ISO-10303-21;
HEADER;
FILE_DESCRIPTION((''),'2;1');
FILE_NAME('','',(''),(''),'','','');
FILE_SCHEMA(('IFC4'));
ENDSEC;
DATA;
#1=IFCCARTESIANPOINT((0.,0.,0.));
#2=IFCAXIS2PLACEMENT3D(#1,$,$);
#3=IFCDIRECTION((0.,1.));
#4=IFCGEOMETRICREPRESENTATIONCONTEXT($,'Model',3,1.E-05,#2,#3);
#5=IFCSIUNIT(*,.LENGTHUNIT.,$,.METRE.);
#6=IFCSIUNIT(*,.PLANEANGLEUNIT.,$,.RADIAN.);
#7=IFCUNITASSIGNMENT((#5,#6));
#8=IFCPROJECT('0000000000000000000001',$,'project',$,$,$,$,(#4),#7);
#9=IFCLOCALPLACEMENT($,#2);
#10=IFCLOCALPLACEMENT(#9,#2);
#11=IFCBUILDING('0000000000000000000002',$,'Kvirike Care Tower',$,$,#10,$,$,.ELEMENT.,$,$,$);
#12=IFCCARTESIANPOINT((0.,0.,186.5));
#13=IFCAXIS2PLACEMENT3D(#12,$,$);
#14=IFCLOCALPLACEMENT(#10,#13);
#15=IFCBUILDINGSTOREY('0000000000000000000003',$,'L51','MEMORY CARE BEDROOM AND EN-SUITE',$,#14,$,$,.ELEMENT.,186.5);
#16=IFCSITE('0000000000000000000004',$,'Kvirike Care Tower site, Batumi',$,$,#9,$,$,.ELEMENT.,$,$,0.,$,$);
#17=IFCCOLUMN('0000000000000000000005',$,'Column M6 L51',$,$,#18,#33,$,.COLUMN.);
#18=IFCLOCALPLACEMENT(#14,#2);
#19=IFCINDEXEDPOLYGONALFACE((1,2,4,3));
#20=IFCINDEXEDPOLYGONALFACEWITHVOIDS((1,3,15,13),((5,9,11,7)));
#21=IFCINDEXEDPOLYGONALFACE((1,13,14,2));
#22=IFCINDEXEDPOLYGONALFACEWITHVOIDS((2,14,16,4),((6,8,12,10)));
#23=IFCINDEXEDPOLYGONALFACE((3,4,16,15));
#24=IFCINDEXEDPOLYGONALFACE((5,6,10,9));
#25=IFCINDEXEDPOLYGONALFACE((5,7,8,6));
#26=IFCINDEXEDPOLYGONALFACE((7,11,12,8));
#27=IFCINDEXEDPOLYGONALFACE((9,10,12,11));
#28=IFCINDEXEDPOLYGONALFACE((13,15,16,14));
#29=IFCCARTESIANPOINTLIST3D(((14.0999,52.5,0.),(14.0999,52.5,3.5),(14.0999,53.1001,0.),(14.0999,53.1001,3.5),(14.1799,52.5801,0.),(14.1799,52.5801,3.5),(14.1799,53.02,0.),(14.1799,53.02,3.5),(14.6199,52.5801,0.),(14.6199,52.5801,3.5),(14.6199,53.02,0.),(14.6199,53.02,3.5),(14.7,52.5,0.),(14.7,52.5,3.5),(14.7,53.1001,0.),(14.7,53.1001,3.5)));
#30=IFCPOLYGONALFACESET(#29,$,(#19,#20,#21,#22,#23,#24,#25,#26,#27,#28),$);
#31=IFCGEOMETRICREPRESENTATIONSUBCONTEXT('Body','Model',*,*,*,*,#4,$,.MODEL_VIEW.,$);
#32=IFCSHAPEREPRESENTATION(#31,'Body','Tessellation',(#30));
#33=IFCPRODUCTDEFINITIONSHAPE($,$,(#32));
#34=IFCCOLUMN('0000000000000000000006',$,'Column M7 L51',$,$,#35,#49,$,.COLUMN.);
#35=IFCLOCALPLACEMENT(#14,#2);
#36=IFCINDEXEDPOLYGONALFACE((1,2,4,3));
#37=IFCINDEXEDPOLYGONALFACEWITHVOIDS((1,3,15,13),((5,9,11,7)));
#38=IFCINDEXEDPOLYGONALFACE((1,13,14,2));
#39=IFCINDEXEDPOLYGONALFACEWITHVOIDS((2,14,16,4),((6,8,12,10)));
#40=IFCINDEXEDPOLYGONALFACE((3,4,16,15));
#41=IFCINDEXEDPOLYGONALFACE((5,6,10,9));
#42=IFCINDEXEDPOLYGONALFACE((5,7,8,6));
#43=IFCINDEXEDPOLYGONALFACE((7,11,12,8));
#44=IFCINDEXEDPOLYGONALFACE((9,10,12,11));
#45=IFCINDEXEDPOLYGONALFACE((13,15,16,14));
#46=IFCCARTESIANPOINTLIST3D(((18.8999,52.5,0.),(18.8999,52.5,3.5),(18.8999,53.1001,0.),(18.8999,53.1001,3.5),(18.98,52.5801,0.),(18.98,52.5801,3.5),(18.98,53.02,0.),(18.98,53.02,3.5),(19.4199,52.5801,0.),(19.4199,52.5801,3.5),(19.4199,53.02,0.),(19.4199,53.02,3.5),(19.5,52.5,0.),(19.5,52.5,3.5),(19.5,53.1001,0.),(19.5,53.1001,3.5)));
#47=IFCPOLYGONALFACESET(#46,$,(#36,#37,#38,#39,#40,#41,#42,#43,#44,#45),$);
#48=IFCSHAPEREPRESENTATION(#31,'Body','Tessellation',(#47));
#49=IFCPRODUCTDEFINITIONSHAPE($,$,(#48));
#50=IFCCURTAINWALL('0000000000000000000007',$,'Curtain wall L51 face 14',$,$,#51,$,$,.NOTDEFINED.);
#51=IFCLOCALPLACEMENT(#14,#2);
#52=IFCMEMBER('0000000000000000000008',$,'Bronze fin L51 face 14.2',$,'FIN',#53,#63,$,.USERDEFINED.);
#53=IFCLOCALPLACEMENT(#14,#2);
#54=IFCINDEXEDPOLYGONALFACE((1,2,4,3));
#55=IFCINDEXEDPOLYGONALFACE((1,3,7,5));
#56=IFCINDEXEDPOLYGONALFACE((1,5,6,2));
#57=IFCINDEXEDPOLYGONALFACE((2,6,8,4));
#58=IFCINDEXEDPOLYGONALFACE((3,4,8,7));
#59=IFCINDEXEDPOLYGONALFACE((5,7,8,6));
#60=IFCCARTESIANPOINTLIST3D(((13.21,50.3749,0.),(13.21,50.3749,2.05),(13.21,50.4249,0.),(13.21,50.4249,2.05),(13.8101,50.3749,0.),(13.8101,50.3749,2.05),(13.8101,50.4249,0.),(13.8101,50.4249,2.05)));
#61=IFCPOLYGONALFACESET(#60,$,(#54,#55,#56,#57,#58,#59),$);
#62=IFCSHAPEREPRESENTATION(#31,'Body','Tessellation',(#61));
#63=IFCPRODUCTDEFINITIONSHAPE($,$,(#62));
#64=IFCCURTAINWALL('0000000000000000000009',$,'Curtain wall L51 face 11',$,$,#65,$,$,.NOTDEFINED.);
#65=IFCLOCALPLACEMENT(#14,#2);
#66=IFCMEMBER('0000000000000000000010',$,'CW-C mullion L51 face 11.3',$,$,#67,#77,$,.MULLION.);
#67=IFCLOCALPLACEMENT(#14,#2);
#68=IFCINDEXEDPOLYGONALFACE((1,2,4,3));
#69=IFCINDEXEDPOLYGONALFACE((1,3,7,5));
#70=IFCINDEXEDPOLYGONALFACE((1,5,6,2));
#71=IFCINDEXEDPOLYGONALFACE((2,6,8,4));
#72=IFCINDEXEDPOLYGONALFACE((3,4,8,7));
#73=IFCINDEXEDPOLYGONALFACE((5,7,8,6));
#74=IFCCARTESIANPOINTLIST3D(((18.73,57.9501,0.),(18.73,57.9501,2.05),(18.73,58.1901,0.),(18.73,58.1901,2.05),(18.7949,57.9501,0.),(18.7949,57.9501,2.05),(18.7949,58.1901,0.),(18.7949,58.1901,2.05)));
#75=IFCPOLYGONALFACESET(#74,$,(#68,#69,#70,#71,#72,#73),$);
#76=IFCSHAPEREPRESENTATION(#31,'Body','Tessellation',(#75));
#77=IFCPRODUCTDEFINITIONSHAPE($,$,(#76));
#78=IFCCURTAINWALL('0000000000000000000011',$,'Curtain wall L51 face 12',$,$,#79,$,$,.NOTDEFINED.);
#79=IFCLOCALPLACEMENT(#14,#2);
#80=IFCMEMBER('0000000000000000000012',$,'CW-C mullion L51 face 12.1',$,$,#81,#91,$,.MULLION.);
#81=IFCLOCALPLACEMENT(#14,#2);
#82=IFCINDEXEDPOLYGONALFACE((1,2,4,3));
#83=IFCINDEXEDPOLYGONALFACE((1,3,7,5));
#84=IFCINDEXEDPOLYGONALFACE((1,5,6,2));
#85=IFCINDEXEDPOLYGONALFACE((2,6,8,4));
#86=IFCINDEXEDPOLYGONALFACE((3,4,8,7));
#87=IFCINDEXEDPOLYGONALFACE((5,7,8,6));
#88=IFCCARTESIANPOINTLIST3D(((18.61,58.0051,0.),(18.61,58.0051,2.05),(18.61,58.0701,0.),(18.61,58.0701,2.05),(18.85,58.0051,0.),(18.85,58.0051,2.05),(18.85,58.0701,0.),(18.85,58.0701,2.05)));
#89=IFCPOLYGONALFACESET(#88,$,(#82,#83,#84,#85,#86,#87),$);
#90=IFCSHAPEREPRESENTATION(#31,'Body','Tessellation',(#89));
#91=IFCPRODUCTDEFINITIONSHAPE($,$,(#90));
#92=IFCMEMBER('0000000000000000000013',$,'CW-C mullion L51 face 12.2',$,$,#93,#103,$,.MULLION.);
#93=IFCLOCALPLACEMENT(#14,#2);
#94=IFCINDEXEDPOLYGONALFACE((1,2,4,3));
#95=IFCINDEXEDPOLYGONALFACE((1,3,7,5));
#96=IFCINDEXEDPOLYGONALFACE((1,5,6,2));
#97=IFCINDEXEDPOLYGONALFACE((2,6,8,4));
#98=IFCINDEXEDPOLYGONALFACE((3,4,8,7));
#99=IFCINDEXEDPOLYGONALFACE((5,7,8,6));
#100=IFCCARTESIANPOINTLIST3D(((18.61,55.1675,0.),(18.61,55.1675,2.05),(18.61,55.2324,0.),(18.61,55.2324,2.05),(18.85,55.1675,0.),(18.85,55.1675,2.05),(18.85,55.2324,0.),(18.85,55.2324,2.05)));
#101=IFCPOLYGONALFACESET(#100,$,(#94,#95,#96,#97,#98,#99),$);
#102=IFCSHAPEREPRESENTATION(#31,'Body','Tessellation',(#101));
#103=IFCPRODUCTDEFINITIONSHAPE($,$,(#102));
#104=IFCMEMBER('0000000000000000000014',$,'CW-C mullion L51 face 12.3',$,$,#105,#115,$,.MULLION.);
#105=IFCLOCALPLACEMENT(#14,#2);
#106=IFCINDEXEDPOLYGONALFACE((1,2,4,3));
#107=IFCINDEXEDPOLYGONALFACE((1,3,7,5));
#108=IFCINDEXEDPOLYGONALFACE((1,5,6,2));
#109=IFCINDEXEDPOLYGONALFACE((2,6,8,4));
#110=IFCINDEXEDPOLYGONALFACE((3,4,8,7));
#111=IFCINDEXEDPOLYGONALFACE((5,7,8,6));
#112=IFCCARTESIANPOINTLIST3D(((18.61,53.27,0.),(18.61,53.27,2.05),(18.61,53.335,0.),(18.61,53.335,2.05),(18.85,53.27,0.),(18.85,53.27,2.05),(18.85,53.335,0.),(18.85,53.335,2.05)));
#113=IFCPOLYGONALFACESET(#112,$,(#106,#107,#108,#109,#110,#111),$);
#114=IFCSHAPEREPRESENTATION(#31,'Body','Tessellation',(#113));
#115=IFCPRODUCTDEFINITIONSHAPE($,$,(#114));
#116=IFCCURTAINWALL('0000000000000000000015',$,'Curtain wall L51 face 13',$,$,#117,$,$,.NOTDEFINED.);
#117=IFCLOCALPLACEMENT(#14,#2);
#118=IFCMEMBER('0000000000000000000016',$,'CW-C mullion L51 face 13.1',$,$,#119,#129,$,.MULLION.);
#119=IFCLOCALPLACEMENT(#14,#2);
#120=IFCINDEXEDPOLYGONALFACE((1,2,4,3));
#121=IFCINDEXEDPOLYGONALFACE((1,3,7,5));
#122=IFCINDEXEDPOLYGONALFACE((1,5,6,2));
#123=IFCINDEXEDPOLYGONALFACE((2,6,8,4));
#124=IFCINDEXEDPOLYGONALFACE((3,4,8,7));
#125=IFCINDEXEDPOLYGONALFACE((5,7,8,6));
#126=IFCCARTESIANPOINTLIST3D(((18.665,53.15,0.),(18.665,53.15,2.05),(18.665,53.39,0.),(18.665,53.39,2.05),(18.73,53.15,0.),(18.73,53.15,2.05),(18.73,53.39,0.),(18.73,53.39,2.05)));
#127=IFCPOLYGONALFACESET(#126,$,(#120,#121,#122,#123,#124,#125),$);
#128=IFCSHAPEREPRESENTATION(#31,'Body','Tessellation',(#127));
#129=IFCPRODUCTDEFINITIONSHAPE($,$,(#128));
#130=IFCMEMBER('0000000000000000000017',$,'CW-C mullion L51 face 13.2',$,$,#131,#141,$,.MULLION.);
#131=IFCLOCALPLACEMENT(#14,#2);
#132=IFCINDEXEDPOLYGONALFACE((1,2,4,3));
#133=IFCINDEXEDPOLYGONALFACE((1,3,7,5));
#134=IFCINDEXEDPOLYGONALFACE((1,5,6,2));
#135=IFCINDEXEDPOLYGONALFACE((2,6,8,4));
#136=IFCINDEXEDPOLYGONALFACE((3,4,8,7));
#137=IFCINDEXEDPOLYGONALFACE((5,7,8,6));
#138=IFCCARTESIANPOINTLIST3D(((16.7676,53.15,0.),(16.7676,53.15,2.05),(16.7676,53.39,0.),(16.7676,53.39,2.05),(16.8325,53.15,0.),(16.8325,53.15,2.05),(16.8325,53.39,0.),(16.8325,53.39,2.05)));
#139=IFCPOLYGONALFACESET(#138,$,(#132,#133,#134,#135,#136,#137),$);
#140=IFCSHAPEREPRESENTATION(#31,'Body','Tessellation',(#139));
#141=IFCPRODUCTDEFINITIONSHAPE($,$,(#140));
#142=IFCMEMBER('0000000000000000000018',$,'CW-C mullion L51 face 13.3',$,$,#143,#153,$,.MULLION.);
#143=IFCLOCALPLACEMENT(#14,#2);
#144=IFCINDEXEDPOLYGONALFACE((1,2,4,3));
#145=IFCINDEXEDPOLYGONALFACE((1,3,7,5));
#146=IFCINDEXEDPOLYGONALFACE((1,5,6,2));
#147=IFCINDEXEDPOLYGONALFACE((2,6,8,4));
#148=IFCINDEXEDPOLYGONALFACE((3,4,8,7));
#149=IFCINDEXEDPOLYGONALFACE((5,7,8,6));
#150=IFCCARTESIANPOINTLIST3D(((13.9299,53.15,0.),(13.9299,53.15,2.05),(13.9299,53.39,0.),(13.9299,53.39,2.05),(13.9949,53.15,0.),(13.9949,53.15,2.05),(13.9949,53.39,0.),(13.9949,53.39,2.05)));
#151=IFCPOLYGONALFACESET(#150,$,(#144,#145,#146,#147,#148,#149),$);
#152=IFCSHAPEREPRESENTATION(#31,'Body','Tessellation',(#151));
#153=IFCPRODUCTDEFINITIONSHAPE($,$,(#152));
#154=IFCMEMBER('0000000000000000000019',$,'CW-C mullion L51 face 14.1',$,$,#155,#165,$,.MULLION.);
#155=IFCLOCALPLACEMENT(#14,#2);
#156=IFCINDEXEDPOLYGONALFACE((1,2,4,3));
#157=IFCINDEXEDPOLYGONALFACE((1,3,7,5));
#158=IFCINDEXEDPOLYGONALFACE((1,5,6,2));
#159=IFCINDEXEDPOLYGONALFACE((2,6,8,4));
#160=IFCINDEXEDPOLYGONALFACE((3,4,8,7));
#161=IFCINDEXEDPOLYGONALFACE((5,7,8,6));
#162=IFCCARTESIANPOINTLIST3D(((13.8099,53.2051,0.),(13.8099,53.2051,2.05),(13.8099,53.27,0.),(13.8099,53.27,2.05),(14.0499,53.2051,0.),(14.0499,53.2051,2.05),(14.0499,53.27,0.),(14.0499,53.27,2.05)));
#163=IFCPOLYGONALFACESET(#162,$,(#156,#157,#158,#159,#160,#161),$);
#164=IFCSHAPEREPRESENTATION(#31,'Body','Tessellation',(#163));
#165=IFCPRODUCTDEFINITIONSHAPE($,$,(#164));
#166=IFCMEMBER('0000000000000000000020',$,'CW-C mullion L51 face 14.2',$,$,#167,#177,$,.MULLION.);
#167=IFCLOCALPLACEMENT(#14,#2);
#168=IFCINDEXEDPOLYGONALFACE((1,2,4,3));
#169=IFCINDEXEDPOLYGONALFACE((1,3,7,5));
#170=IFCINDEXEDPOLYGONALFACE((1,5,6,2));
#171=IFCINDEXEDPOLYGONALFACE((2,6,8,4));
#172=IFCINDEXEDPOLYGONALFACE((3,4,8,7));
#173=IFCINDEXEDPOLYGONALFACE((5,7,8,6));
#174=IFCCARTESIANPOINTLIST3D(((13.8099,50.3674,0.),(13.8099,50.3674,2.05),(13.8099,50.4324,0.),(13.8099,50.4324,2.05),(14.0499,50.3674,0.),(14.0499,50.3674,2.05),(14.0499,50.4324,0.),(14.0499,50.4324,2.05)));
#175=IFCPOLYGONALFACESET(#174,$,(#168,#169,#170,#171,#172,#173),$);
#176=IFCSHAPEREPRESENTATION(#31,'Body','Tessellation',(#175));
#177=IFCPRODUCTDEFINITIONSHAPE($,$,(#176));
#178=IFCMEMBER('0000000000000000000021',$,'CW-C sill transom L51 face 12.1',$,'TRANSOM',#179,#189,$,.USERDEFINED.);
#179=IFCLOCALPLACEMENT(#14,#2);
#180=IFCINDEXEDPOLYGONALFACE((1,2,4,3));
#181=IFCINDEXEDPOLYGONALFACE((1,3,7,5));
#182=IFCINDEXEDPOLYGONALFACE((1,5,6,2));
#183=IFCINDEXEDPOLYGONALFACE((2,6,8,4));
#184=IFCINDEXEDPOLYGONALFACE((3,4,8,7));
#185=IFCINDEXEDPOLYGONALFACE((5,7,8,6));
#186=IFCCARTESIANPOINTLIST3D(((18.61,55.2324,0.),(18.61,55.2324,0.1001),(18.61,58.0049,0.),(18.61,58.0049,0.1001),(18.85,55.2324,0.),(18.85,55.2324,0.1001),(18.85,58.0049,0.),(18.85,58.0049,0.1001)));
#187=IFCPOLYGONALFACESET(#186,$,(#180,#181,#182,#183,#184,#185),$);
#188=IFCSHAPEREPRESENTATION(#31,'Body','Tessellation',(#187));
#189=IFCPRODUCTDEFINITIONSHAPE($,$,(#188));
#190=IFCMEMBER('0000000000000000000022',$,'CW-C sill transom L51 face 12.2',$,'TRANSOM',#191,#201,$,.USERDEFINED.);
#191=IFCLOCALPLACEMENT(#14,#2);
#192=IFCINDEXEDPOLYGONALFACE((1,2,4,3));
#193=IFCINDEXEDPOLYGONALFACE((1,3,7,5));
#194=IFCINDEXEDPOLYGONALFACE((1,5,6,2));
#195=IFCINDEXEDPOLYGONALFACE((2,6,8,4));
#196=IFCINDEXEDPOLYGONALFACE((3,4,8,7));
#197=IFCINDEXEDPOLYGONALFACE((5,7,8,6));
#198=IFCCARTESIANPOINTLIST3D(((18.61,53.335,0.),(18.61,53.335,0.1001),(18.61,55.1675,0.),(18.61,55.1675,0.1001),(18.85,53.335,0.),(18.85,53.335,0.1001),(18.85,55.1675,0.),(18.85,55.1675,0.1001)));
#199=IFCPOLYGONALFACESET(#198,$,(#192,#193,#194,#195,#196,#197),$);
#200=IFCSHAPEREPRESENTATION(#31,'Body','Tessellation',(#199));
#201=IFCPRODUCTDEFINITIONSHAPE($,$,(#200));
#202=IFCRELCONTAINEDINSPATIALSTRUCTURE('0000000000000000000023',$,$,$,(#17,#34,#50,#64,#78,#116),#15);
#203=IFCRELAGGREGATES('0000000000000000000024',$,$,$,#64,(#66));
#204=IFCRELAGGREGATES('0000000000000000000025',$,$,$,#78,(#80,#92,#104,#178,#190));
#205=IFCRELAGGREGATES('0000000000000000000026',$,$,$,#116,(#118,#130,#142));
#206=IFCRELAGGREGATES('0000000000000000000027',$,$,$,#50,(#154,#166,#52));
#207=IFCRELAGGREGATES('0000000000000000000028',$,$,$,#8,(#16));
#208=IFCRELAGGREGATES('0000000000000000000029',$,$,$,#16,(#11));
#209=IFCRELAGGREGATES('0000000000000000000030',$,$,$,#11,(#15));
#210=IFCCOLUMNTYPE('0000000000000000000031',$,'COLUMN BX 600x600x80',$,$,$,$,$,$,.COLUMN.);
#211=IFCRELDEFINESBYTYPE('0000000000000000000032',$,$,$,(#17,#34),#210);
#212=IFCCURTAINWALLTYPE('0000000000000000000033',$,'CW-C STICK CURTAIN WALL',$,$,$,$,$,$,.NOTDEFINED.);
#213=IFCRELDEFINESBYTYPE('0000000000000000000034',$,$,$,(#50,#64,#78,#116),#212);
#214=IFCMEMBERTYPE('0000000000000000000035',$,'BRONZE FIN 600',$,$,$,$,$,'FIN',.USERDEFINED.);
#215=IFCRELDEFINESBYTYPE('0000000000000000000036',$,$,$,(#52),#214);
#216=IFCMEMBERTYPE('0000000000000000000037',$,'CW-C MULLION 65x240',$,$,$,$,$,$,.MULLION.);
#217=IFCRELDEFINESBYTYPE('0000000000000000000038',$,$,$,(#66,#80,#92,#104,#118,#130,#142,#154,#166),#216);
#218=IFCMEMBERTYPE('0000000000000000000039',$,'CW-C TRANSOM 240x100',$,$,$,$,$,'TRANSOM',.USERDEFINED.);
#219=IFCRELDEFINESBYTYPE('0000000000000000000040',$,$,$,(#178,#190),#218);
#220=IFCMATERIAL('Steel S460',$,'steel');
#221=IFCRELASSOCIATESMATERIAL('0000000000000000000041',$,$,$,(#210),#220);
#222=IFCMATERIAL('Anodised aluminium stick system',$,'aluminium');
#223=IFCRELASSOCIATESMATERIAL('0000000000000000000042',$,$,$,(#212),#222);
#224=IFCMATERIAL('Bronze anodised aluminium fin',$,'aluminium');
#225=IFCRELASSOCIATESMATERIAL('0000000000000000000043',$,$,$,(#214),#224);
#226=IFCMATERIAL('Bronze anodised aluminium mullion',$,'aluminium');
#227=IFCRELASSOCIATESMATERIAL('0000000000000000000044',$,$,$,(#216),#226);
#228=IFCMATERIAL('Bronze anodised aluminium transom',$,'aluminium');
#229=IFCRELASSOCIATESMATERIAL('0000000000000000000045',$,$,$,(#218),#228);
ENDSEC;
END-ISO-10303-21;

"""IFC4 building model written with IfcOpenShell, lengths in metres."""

from ifc_helpers import new_model, si_unit, direction, frame, origin, origin_2d, place, context, subcontext, project, spatial, rectangle, hollow_rectangle, extrude, material, material_profile, profile_set, type_object, element, aggregate, save


model = new_model("IFC4")

# Units and contexts
model_context = context("Model", 3, precision=1e-05, world=origin(), true_north=direction((0.0, 1.0)))
body_context = subcontext(model_context, "Body", "Model", "MODEL_VIEW")
ifc_project = project(units=[si_unit("LENGTHUNIT", "METRE"), si_unit("PLANEANGLEUNIT", "RADIAN")], contexts=[model_context])

# Site, building, storey
site_placement = place(None, origin())
site = spatial("IfcSite", under=ifc_project, at=site_placement, Name="Kvirike Care Tower site, Batumi", CompositionType="ELEMENT", RefElevation=0.0)
building_placement = place(site_placement, origin())
building = spatial("IfcBuilding", under=site, at=building_placement, Name="Kvirike Care Tower", CompositionType="ELEMENT")
storey_placement = place(building_placement, frame((0.0, 0.0, 186.5)))
storey = spatial("IfcBuildingStorey", under=building, at=storey_placement, Name="L51", Description="MEMORY CARE BEDROOM AND EN-SUITE", CompositionType="ELEMENT", Elevation=186.5)

# Columns
ifc_material_1 = material(Name="Steel S460", Category="steel")
ifc_material_profile_1 = material_profile(ifc_material_1, hollow_rectangle(XDim=0.6001, YDim=0.6001, WallThickness=0.0801, at=origin_2d()), Name="BX 600x600x80")
ifc_profile_set_1 = profile_set([ifc_material_profile_1], Name="Steel S460")
column_type = type_object("IfcColumnType", Name="COLUMN BX 600x600x80", PredefinedType="COLUMN", material=ifc_profile_set_1)
for number, where, z_axis, x_axis, name in (
    (1, (14.3999, 52.8, 0.0), (0.0, 0.0, 1.0), (0.0, 1.0, 0.0), "Column M6 L51"),
    (2, (19.2, 52.8, 0.0), (0.0, 0.0, 1.0), (0.0, 1.0, 0.0), "Column M7 L51"),
):
    element("IfcColumn", number, at=place(storey_placement, frame(where, z_axis=z_axis, x_axis=x_axis)), inside=storey, type_object=column_type, Name=name, PredefinedType="COLUMN", context=body_context, shape_type="SweptSolid", body=[
        extrude(hollow_rectangle(XDim=0.6001, YDim=0.6001, WallThickness=0.0801, at=origin_2d()), origin(), (0.0, 0.0, 1.0), 3.5),
    ])

# Curtain walls, members
ifc_material_2 = material(Name="Anodised aluminium stick system", Category="aluminium")
curtain_wall_type = type_object("IfcCurtainWallType", Name="CW-C STICK CURTAIN WALL", PredefinedType="NOTDEFINED", material=ifc_material_2)
curtain_wall_1_placement = place(storey_placement, origin())
curtain_wall_1 = element("IfcCurtainWall", 3, at=curtain_wall_1_placement, inside=storey, type_object=curtain_wall_type, Name="Curtain wall L51 face 14", PredefinedType="NOTDEFINED")
ifc_material_3 = material(Name="Bronze anodised aluminium fin", Category="aluminium")
ifc_material_profile_2 = material_profile(ifc_material_3, rectangle(XDim=0.05, YDim=0.6001, at=origin_2d()), Name="BRONZE FIN 600")
ifc_profile_set_2 = profile_set([ifc_material_profile_2], Name="Bronze anodised aluminium fin")
member_type_1 = type_object("IfcMemberType", Name="BRONZE FIN 600", ElementType="FIN", PredefinedType="USERDEFINED", material=ifc_profile_set_2)
member_1_placement = place(storey_placement, frame((13.51, 50.3999, 0.0), z_axis=(0.0, 0.0, 1.0), x_axis=(0.0, -1.0, 0.0)))
member_1 = element("IfcMember", 4, at=member_1_placement, type_object=member_type_1, Name="Bronze fin L51 face 14.2", ObjectType="FIN", PredefinedType="USERDEFINED", context=body_context, shape_type="SweptSolid", body=[
    extrude(rectangle(XDim=0.05, YDim=0.6001, at=origin_2d()), origin(), (0.0, 0.0, 1.0), 2.05),
])
curtain_wall_2_placement = place(storey_placement, origin())
curtain_wall_2 = element("IfcCurtainWall", 5, at=curtain_wall_2_placement, inside=storey, type_object=curtain_wall_type, Name="Curtain wall L51 face 11", PredefinedType="NOTDEFINED")
ifc_material_4 = material(Name="Bronze anodised aluminium mullion", Category="aluminium")
ifc_material_profile_3 = material_profile(ifc_material_4, rectangle(XDim=0.0649, YDim=0.24, at=origin_2d()), Name="CW-C MULLION 65x240")
ifc_profile_set_3 = profile_set([ifc_material_profile_3], Name="Bronze anodised aluminium mullion")
member_type_2 = type_object("IfcMemberType", Name="CW-C MULLION 65x240", PredefinedType="MULLION", material=ifc_profile_set_3)
member_2_placement = place(storey_placement, frame((18.7625, 58.0701, 0.0), z_axis=(0.0, 0.0, 1.0), x_axis=(-1.0, 0.0, 0.0)))
member_2 = element("IfcMember", 6, at=member_2_placement, type_object=member_type_2, Name="CW-C mullion L51 face 11.3", PredefinedType="MULLION", context=body_context, shape_type="SweptSolid", body=[
    extrude(rectangle(XDim=0.0649, YDim=0.24, at=origin_2d()), origin(), (0.0, 0.0, 1.0), 2.05),
])
aggregate(curtain_wall_2, [member_2])

# Curtain walls, members
curtain_wall_3_placement = place(storey_placement, origin())
curtain_wall_3 = element("IfcCurtainWall", 7, at=curtain_wall_3_placement, inside=storey, type_object=curtain_wall_type, Name="Curtain wall L51 face 12", PredefinedType="NOTDEFINED")
member_3_placement = place(storey_placement, frame((18.73, 58.0376, 0.0), z_axis=(0.0, 0.0, 1.0), x_axis=(0.0, -1.0, 0.0)))
member_3 = element("IfcMember", 8, at=member_3_placement, type_object=member_type_2, Name="CW-C mullion L51 face 12.1", PredefinedType="MULLION", context=body_context, shape_type="SweptSolid", body=[
    extrude(rectangle(XDim=0.0649, YDim=0.24, at=origin_2d()), origin(), (0.0, 0.0, 1.0), 2.05),
])
member_4_placement = place(storey_placement, frame((18.73, 55.2, 0.0), z_axis=(0.0, 0.0, 1.0), x_axis=(0.0, -1.0, 0.0)))
member_4 = element("IfcMember", 9, at=member_4_placement, type_object=member_type_2, Name="CW-C mullion L51 face 12.2", PredefinedType="MULLION", context=body_context, shape_type="SweptSolid", body=[
    extrude(rectangle(XDim=0.0649, YDim=0.24, at=origin_2d()), origin(), (0.0, 0.0, 1.0), 2.05),
])
member_5_placement = place(storey_placement, frame((18.73, 53.3025, 0.0), z_axis=(0.0, 0.0, 1.0), x_axis=(0.0, -1.0, 0.0)))
member_5 = element("IfcMember", 10, at=member_5_placement, type_object=member_type_2, Name="CW-C mullion L51 face 12.3", PredefinedType="MULLION", context=body_context, shape_type="SweptSolid", body=[
    extrude(rectangle(XDim=0.0649, YDim=0.24, at=origin_2d()), origin(), (0.0, 0.0, 1.0), 2.05),
])
curtain_wall_4_placement = place(storey_placement, origin())
curtain_wall_4 = element("IfcCurtainWall", 11, at=curtain_wall_4_placement, inside=storey, type_object=curtain_wall_type, Name="Curtain wall L51 face 13", PredefinedType="NOTDEFINED")
member_6_placement = place(storey_placement, frame((18.6975, 53.27, 0.0), z_axis=(0.0, 0.0, 1.0), x_axis=(-1.0, 0.0, 0.0)))
member_6 = element("IfcMember", 12, at=member_6_placement, type_object=member_type_2, Name="CW-C mullion L51 face 13.1", PredefinedType="MULLION", context=body_context, shape_type="SweptSolid", body=[
    extrude(rectangle(XDim=0.0649, YDim=0.24, at=origin_2d()), origin(), (0.0, 0.0, 1.0), 2.05),
])
member_7_placement = place(storey_placement, frame((16.8, 53.27, 0.0), z_axis=(0.0, 0.0, 1.0), x_axis=(-1.0, 0.0, 0.0)))
member_7 = element("IfcMember", 13, at=member_7_placement, type_object=member_type_2, Name="CW-C mullion L51 face 13.2", PredefinedType="MULLION", context=body_context, shape_type="SweptSolid", body=[
    extrude(rectangle(XDim=0.0649, YDim=0.24, at=origin_2d()), origin(), (0.0, 0.0, 1.0), 2.05),
])
member_8_placement = place(storey_placement, frame((13.9624, 53.27, 0.0), z_axis=(0.0, 0.0, 1.0), x_axis=(-1.0, 0.0, 0.0)))
member_8 = element("IfcMember", 14, at=member_8_placement, type_object=member_type_2, Name="CW-C mullion L51 face 13.3", PredefinedType="MULLION", context=body_context, shape_type="SweptSolid", body=[
    extrude(rectangle(XDim=0.0649, YDim=0.24, at=origin_2d()), origin(), (0.0, 0.0, 1.0), 2.05),
])

# Members
member_9_placement = place(storey_placement, frame((13.9299, 53.2375, 0.0), z_axis=(0.0, 0.0, 1.0), x_axis=(0.0, -1.0, 0.0)))
member_9 = element("IfcMember", 15, at=member_9_placement, type_object=member_type_2, Name="CW-C mullion L51 face 14.1", PredefinedType="MULLION", context=body_context, shape_type="SweptSolid", body=[
    extrude(rectangle(XDim=0.0649, YDim=0.24, at=origin_2d()), origin(), (0.0, 0.0, 1.0), 2.05),
])
member_10_placement = place(storey_placement, frame((13.9299, 50.3999, 0.0), z_axis=(0.0, 0.0, 1.0), x_axis=(0.0, -1.0, 0.0)))
member_10 = element("IfcMember", 16, at=member_10_placement, type_object=member_type_2, Name="CW-C mullion L51 face 14.2", PredefinedType="MULLION", context=body_context, shape_type="SweptSolid", body=[
    extrude(rectangle(XDim=0.0649, YDim=0.24, at=origin_2d()), origin(), (0.0, 0.0, 1.0), 2.05),
])
ifc_material_5 = material(Name="Bronze anodised aluminium transom", Category="aluminium")
ifc_material_profile_4 = material_profile(ifc_material_5, rectangle(XDim=0.24, YDim=0.1001, at=origin_2d()), Name="CW-C TRANSOM 240x100")
ifc_profile_set_4 = profile_set([ifc_material_profile_4], Name="Bronze anodised aluminium transom")
member_type_3 = type_object("IfcMemberType", Name="CW-C TRANSOM 240x100", ElementType="TRANSOM", PredefinedType="USERDEFINED", material=ifc_profile_set_4)
member_11_placement = place(storey_placement, frame((18.73, 58.0049, 0.05), z_axis=(0.0, -1.0, 0.0), x_axis=(1.0, 0.0, 0.0)))
member_11 = element("IfcMember", 17, at=member_11_placement, type_object=member_type_3, Name="CW-C sill transom L51 face 12.1", ObjectType="TRANSOM", PredefinedType="USERDEFINED", context=body_context, shape_type="SweptSolid", body=[
    extrude(rectangle(XDim=0.24, YDim=0.1001, at=origin_2d()), origin(), (0.0, 0.0, 1.0), 2.7725),
])
member_12_placement = place(storey_placement, frame((18.73, 55.1675, 0.05), z_axis=(0.0, -1.0, 0.0), x_axis=(1.0, 0.0, 0.0)))
member_12 = element("IfcMember", 18, at=member_12_placement, type_object=member_type_3, Name="CW-C sill transom L51 face 12.2", ObjectType="TRANSOM", PredefinedType="USERDEFINED", context=body_context, shape_type="SweptSolid", body=[
    extrude(rectangle(XDim=0.24, YDim=0.1001, at=origin_2d()), origin(), (0.0, 0.0, 1.0), 1.8325),
])

aggregate(curtain_wall_3, [member_3, member_4, member_5, member_11, member_12])
aggregate(curtain_wall_4, [member_6, member_7, member_8])
aggregate(curtain_wall_1, [member_9, member_10, member_1])

save(model, "model.ifc")
